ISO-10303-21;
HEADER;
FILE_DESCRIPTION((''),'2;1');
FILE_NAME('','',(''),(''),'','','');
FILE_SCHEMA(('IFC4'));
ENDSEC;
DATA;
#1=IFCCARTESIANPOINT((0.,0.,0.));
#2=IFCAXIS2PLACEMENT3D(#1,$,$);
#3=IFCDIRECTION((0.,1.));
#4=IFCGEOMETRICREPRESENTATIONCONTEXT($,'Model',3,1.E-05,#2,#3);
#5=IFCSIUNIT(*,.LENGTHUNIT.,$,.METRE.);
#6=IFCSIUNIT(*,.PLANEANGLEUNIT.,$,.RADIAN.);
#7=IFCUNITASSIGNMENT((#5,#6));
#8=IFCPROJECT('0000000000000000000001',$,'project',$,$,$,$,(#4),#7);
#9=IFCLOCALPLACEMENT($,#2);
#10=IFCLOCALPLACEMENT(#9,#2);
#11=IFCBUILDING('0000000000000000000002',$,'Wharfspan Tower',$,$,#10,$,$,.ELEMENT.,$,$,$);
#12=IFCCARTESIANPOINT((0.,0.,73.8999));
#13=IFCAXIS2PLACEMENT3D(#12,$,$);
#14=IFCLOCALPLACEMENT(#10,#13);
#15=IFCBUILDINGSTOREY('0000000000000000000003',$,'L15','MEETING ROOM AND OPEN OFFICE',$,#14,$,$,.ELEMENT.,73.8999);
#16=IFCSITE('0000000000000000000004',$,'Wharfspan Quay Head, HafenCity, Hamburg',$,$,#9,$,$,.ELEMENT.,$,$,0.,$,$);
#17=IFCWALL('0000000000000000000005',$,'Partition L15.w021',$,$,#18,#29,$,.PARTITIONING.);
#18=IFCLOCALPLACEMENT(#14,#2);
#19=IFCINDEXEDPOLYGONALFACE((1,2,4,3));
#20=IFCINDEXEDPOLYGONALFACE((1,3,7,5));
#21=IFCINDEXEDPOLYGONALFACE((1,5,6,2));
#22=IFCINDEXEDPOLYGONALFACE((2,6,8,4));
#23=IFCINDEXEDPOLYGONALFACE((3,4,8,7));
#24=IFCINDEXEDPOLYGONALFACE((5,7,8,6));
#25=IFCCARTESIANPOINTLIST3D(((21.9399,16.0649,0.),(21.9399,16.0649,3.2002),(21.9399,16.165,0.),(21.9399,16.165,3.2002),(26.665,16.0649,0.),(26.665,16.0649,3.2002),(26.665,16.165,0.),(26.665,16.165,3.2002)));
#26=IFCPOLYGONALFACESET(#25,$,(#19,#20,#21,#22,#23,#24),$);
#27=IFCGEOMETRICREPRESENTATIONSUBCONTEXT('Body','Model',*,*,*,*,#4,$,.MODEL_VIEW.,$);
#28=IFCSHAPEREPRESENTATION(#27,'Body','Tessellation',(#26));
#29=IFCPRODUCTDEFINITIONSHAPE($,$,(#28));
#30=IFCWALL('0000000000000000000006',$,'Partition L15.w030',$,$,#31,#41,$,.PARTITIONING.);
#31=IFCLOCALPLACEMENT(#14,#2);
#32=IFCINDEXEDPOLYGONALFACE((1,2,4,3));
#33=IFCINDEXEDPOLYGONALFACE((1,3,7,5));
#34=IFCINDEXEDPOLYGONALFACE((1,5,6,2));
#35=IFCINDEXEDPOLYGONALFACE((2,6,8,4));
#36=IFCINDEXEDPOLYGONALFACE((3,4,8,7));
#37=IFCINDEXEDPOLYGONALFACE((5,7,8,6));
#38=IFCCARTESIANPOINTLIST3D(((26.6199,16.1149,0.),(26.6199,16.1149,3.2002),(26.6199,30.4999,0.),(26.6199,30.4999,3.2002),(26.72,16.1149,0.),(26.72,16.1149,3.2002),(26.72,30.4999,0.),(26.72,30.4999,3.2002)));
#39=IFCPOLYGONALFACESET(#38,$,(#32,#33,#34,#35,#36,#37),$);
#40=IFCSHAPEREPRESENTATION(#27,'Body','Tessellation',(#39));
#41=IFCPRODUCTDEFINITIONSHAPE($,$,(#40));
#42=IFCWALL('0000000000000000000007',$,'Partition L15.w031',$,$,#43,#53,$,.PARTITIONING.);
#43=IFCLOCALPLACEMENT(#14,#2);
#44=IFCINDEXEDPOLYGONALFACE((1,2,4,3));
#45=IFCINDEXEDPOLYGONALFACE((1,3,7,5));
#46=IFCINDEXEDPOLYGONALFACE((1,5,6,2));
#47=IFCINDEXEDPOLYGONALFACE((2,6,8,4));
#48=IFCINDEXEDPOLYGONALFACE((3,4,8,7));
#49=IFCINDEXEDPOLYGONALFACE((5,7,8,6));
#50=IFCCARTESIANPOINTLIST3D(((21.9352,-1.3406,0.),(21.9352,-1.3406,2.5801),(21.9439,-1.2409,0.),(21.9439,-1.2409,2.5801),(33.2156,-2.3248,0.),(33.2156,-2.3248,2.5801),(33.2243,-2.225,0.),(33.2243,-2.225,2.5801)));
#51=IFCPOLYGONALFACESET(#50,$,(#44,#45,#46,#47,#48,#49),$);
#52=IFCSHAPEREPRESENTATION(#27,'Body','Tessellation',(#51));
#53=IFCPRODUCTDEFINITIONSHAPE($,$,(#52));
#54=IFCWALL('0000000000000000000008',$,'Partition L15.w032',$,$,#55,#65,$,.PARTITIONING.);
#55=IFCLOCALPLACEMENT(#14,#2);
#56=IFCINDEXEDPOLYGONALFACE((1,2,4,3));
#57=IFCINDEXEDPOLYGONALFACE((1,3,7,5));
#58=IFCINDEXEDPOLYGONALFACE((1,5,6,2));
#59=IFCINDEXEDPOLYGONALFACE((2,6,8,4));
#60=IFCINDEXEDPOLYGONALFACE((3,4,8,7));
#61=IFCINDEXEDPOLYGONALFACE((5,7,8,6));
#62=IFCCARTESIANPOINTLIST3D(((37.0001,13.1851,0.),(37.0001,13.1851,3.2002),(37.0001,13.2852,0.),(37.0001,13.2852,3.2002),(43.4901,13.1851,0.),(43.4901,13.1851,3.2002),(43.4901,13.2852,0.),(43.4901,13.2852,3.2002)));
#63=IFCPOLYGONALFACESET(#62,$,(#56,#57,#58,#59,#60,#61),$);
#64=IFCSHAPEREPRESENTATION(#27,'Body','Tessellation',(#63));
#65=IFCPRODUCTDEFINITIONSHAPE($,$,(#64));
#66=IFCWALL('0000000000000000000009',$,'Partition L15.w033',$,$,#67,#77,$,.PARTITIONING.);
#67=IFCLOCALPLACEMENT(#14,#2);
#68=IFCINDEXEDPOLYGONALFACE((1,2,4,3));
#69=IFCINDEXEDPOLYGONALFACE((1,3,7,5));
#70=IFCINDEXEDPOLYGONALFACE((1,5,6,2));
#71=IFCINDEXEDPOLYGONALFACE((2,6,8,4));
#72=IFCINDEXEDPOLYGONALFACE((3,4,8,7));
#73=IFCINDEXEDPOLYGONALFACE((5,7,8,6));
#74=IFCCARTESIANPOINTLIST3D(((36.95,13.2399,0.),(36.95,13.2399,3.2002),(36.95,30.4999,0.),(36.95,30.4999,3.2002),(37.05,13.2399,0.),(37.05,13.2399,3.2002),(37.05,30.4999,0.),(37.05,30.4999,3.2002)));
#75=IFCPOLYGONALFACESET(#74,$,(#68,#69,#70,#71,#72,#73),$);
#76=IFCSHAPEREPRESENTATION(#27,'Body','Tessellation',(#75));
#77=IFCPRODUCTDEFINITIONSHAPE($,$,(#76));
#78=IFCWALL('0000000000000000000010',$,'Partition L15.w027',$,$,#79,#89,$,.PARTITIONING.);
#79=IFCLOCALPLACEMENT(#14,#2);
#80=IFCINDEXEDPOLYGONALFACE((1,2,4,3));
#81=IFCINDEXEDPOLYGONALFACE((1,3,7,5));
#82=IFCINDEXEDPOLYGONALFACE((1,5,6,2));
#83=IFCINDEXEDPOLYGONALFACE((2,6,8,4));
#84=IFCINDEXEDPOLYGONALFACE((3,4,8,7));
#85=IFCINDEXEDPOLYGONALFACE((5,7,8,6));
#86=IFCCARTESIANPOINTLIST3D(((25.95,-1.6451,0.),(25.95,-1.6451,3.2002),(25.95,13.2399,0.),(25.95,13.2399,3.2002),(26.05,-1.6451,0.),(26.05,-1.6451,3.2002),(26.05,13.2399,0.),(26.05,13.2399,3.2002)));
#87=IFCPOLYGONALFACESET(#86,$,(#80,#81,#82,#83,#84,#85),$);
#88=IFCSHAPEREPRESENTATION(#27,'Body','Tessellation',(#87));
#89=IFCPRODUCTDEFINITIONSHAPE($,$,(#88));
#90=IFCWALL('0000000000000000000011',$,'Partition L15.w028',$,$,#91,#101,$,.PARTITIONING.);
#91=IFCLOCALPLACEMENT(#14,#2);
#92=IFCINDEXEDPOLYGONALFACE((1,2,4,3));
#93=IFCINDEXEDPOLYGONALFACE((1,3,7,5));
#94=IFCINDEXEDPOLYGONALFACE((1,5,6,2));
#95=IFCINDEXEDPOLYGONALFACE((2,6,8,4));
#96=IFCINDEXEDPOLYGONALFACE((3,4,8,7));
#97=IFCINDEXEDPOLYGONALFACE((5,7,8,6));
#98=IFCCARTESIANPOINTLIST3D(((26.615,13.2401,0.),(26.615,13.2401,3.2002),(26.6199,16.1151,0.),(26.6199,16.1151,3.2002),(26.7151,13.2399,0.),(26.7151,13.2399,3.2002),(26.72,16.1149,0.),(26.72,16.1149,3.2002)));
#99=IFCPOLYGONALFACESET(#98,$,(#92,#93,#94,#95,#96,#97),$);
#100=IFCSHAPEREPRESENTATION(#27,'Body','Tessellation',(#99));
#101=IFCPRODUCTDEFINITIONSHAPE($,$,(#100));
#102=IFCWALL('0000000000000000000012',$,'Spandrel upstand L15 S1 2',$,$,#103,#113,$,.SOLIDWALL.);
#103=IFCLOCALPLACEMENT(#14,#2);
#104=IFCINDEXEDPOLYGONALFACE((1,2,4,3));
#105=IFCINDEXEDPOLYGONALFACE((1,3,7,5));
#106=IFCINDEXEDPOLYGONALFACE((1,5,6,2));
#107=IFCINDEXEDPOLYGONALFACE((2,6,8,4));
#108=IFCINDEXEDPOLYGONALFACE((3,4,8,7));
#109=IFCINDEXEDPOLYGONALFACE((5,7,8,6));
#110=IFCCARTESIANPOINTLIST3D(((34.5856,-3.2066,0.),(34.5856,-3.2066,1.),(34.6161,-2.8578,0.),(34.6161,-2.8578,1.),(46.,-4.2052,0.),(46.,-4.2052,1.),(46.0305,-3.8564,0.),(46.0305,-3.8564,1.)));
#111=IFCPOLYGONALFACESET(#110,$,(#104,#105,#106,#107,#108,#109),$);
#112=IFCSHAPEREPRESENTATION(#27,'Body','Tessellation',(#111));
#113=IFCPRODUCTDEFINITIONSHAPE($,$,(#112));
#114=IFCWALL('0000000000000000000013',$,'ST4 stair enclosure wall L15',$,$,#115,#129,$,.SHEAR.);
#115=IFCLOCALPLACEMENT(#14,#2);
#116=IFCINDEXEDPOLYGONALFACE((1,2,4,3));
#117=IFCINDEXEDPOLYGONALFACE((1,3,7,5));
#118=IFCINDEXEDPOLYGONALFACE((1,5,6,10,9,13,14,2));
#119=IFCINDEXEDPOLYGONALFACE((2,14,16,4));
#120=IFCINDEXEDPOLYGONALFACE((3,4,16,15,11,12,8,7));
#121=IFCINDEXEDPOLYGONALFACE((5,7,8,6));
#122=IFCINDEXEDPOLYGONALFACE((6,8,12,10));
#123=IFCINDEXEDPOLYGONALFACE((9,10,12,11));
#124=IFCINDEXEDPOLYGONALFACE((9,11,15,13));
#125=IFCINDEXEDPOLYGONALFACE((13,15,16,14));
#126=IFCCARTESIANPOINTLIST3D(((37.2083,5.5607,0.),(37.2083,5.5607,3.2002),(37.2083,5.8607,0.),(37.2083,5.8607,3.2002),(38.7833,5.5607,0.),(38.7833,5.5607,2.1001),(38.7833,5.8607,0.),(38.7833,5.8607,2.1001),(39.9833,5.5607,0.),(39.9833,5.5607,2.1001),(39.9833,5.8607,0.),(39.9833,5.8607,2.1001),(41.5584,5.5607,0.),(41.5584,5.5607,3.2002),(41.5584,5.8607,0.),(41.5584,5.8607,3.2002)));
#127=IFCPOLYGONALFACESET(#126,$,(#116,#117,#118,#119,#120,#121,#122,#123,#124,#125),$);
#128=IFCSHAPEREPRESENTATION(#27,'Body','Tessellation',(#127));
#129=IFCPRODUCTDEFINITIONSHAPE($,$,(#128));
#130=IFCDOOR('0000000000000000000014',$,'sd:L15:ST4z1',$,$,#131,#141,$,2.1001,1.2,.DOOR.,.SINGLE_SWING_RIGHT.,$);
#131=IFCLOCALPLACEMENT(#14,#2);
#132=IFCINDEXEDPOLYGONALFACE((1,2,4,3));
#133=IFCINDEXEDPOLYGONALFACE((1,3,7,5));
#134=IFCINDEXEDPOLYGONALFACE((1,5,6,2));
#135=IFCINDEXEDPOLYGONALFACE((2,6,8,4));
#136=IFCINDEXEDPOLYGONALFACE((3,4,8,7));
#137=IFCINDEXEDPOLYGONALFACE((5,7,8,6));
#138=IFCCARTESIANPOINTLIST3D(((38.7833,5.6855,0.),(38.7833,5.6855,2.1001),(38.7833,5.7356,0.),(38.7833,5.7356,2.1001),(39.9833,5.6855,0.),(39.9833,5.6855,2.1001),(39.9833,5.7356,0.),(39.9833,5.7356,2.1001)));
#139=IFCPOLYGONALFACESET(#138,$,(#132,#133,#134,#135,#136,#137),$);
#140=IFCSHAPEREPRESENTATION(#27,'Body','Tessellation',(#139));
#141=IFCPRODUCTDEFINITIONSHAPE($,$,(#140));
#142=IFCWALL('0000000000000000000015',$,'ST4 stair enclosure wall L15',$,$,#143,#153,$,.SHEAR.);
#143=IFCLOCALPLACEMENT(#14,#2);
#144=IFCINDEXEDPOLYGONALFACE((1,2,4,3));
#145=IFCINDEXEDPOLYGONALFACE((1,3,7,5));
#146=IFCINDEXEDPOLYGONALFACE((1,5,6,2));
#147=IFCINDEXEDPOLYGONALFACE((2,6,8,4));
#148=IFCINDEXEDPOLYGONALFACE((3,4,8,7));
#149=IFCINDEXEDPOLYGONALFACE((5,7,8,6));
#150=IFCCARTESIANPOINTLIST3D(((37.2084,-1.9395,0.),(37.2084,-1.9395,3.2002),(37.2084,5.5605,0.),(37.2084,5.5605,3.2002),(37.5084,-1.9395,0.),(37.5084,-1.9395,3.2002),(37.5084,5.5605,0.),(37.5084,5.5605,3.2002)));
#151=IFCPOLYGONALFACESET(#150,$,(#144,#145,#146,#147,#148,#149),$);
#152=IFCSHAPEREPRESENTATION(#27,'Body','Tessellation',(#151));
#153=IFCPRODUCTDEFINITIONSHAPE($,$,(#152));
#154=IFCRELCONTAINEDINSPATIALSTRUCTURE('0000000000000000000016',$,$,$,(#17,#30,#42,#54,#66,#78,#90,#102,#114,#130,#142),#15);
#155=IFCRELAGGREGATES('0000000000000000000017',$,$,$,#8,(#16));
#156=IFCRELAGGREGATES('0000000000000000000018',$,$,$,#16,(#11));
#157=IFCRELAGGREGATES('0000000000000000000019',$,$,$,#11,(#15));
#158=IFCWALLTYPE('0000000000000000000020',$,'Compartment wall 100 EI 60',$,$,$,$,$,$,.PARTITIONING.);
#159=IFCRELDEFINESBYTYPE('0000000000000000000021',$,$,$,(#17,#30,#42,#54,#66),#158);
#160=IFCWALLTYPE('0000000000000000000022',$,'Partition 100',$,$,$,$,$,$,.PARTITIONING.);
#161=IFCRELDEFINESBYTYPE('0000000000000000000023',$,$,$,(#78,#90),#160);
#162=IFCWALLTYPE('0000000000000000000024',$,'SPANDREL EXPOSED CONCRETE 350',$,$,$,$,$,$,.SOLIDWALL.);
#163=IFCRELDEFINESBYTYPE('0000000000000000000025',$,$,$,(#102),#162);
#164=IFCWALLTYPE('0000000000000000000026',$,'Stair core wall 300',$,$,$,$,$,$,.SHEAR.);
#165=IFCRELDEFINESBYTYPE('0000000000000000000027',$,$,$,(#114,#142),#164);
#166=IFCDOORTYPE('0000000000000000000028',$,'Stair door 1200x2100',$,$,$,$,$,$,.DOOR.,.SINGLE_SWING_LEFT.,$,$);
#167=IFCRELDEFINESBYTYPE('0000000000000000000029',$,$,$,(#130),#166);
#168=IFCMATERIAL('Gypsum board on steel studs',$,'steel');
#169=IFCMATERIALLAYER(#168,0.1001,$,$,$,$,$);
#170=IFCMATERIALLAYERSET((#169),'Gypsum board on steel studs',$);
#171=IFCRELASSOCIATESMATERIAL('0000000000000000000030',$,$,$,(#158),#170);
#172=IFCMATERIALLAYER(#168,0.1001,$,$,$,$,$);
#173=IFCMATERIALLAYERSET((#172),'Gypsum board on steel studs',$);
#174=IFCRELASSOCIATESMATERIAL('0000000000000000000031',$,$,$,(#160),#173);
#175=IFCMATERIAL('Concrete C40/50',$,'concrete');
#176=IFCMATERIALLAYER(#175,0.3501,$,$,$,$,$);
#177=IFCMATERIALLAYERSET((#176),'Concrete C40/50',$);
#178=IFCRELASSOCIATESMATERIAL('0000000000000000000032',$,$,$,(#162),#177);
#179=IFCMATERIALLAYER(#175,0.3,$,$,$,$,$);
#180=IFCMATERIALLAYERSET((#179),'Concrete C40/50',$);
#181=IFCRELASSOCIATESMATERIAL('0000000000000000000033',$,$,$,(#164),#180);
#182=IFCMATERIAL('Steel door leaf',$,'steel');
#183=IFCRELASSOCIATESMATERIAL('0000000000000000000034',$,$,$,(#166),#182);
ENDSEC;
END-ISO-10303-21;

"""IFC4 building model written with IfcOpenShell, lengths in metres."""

from ifc_helpers import new_model, si_unit, direction, frame, frame_2d, origin, place, context, subcontext, project, spatial, rectangle, extrude, material, layer, layer_set, type_object, element, fill, save


model = new_model("IFC4")

# Units and contexts
model_context = context("Model", 3, precision=1e-05, world=origin(), true_north=direction((0.0, 1.0)))
body_context = subcontext(model_context, "Body", "Model", "MODEL_VIEW")
ifc_project = project(units=[si_unit("LENGTHUNIT", "METRE"), si_unit("PLANEANGLEUNIT", "RADIAN")], contexts=[model_context])

# Site, building, storey
site_placement = place(None, origin())
site = spatial("IfcSite", under=ifc_project, at=site_placement, Name="Wharfspan Quay Head, HafenCity, Hamburg", CompositionType="ELEMENT", RefElevation=0.0)
building_placement = place(site_placement, origin())
building = spatial("IfcBuilding", under=site, at=building_placement, Name="Wharfspan Tower", CompositionType="ELEMENT")
storey_placement = place(building_placement, frame((0.0, 0.0, 73.8999)))
storey = spatial("IfcBuildingStorey", under=building, at=storey_placement, Name="L15", Description="MEETING ROOM AND OPEN OFFICE", CompositionType="ELEMENT", Elevation=73.8999)

# Walls
ifc_material_1 = material(Name="Gypsum board on steel studs", Category="steel")
ifc_layer_1 = layer(ifc_material_1, 0.1001)
ifc_layer_set_1 = layer_set([ifc_layer_1], Name="Gypsum board on steel studs")
wall_type_1 = type_object("IfcWallType", Name="Compartment wall 100 EI 60", PredefinedType="PARTITIONING", material=ifc_layer_set_1)
wall_1_placement = place(storey_placement, frame((21.9399, 16.115, 0.0), z_axis=(0.0, 0.0, 1.0), x_axis=(1.0, 0.0, 0.0)))
element("IfcWall", 1, at=wall_1_placement, inside=storey, type_object=wall_type_1, Name="Partition L15.w021", PredefinedType="PARTITIONING", context=body_context, shape_type="SweptSolid", body=[
    extrude(rectangle(XDim=4.7251, YDim=0.1001, at=frame_2d((2.3625, 0.0))), origin(), (0.0, 0.0, 1.0), 3.2002),
])
wall_2_placement = place(storey_placement, frame((26.6699, 16.115, 0.0), z_axis=(0.0, 0.0, 1.0), x_axis=(0.0, 1.0, 0.0)))
element("IfcWall", 2, at=wall_2_placement, inside=storey, type_object=wall_type_1, Name="Partition L15.w030", PredefinedType="PARTITIONING", context=body_context, shape_type="SweptSolid", body=[
    extrude(rectangle(XDim=14.385, YDim=0.1001, at=frame_2d((7.1924, 0.0))), origin(), (0.0, 0.0, 1.0), 3.2002),
])
wall_3_placement = place(storey_placement, frame((33.22, -2.2749, 0.0), z_axis=(0.0, 0.0, 1.0), x_axis=(-0.996212, 0.086913, 0.0)))
element("IfcWall", 3, at=wall_3_placement, inside=storey, type_object=wall_type_1, Name="Partition L15.w031", PredefinedType="PARTITIONING", context=body_context, shape_type="SweptSolid", body=[
    extrude(rectangle(XDim=11.3232, YDim=0.1001, at=frame_2d((5.6616, 0.0))), origin(), (0.0, 0.0, 1.0), 2.5801),
])
wall_4_placement = place(storey_placement, frame((37.0, 13.2351, 0.0), z_axis=(0.0, 0.0, 1.0), x_axis=(1.0, 0.0, 0.0)))
element("IfcWall", 4, at=wall_4_placement, inside=storey, type_object=wall_type_1, Name="Partition L15.w032", PredefinedType="PARTITIONING", context=body_context, shape_type="SweptSolid", body=[
    extrude(rectangle(XDim=6.49, YDim=0.1001, at=frame_2d((3.2451, 0.0))), origin(), (0.0, 0.0, 1.0), 3.2002),
])
wall_5_placement = place(storey_placement, frame((37.0, 13.24, 0.0), z_axis=(0.0, 0.0, 1.0), x_axis=(0.0, 1.0, 0.0)))
element("IfcWall", 5, at=wall_5_placement, inside=storey, type_object=wall_type_1, Name="Partition L15.w033", PredefinedType="PARTITIONING", context=body_context, shape_type="SweptSolid", body=[
    extrude(rectangle(XDim=17.26, YDim=0.1001, at=frame_2d((8.6299, 0.0))), origin(), (0.0, 0.0, 1.0), 3.2002),
])
ifc_layer_2 = layer(ifc_material_1, 0.1001)
ifc_layer_set_2 = layer_set([ifc_layer_2], Name="Gypsum board on steel studs")
wall_type_2 = type_object("IfcWallType", Name="Partition 100", PredefinedType="PARTITIONING", material=ifc_layer_set_2)
wall_6_placement = place(storey_placement, frame((26.0, -1.645, 0.0), z_axis=(0.0, 0.0, 1.0), x_axis=(0.0, 1.0, 0.0)))
element("IfcWall", 6, at=wall_6_placement, inside=storey, type_object=wall_type_2, Name="Partition L15.w027", PredefinedType="PARTITIONING", context=body_context, shape_type="SweptSolid", body=[
    extrude(rectangle(XDim=14.885, YDim=0.1001, at=frame_2d((7.4424, 0.0))), origin(), (0.0, 0.0, 1.0), 3.2002),
])
wall_7_placement = place(storey_placement, frame((26.665, 13.24, 0.0), z_axis=(0.0, 0.0, 1.0), x_axis=(0.001698, 0.999995, 0.0)))
element("IfcWall", 7, at=wall_7_placement, inside=storey, type_object=wall_type_2, Name="Partition L15.w028", PredefinedType="PARTITIONING", context=body_context, shape_type="SweptSolid", body=[
    extrude(rectangle(XDim=2.875, YDim=0.1001, at=frame_2d((1.4375, 0.0))), origin(), (0.0, 0.0, 1.0), 3.2002),
])
ifc_material_2 = material(Name="Concrete C40/50", Category="concrete")
ifc_layer_3 = layer(ifc_material_2, 0.3501)
ifc_layer_set_3 = layer_set([ifc_layer_3], Name="Concrete C40/50")
wall_type_3 = type_object("IfcWallType", Name="SPANDREL EXPOSED CONCRETE 350", PredefinedType="SOLIDWALL", material=ifc_layer_set_3)
wall_8_placement = place(storey_placement, frame((34.6008, -3.0322, 0.0), z_axis=(0.0, 0.0, 1.0), x_axis=(0.996193, -0.087148, 0.0)))
element("IfcWall", 8, at=wall_8_placement, inside=storey, type_object=wall_type_3, Name="Spandrel upstand L15 S1 2", PredefinedType="SOLIDWALL", context=body_context, shape_type="SweptSolid", body=[
    extrude(rectangle(XDim=11.458, YDim=0.3501, at=frame_2d((5.729, 0.0))), origin(), (0.0, 0.0, 1.0), 1.0),
])

# Wall, opening, door
ifc_layer_4 = layer(ifc_material_2, 0.3)
ifc_layer_set_4 = layer_set([ifc_layer_4], Name="Concrete C40/50")
wall_type_4 = type_object("IfcWallType", Name="Stair core wall 300", PredefinedType="SHEAR", material=ifc_layer_set_4)
wall_9_placement = place(storey_placement, frame((37.2083, 5.7107, 0.0), z_axis=(0.0, 0.0, 1.0), x_axis=(1.0, 0.0, 0.0)))
wall_9 = element("IfcWall", 9, at=wall_9_placement, inside=storey, type_object=wall_type_4, Name="ST4 stair enclosure wall L15", PredefinedType="SHEAR", context=body_context, shape_type="SweptSolid", body=[
    extrude(rectangle(XDim=4.3501, YDim=0.3, at=frame_2d((2.175, 0.0))), origin(), (0.0, 0.0, 1.0), 3.2002),
])
opening_placement = place(wall_9_placement, frame((1.575, 0.0, 0.0)))
opening = element("IfcOpeningElement", 10, at=opening_placement, cuts=wall_9, PredefinedType="OPENING", context=body_context, shape_type="SweptSolid", body=[
    extrude(rectangle(XDim=1.2, YDim=2.1001, at=frame_2d((0.6001, 1.05))), frame((0.0, 0.1599, 0.0), z_axis=(0.0, -1.0, 0.0), x_axis=(1.0, 0.0, 0.0)), (0.0, 0.0, 1.0), 0.3201),
])
ifc_material_3 = material(Name="Steel door leaf", Category="steel")
door_type = type_object("IfcDoorType", Name="Stair door 1200x2100", OperationType="SINGLE_SWING_LEFT", PredefinedType="DOOR", material=ifc_material_3)
door_placement = place(opening_placement, origin())
door = element("IfcDoor", 11, at=door_placement, inside=storey, type_object=door_type, Name="sd:L15:ST4z1", OperationType="SINGLE_SWING_RIGHT", OverallHeight=2.1001, OverallWidth=1.2, PredefinedType="DOOR", context=body_context, shape_type="SweptSolid", body=[
    extrude(rectangle(XDim=1.2, YDim=2.1001, at=frame_2d((0.6001, 1.05))), frame((0.0, 0.0249, 0.0), z_axis=(0.0, -1.0, 0.0), x_axis=(1.0, 0.0, 0.0)), (0.0, 0.0, 1.0), 0.05),
])
fill(opening, door)

# Wall
wall_10_placement = place(storey_placement, frame((37.3584, -1.9395, 0.0), z_axis=(0.0, 0.0, 1.0), x_axis=(0.0, 1.0, 0.0)))
element("IfcWall", 12, at=wall_10_placement, inside=storey, type_object=wall_type_4, Name="ST4 stair enclosure wall L15", PredefinedType="SHEAR", context=body_context, shape_type="SweptSolid", body=[
    extrude(rectangle(XDim=7.5, YDim=0.3, at=frame_2d((3.75, 0.0))), origin(), (0.0, 0.0, 1.0), 3.2002),
])

save(model, "model.ifc")
